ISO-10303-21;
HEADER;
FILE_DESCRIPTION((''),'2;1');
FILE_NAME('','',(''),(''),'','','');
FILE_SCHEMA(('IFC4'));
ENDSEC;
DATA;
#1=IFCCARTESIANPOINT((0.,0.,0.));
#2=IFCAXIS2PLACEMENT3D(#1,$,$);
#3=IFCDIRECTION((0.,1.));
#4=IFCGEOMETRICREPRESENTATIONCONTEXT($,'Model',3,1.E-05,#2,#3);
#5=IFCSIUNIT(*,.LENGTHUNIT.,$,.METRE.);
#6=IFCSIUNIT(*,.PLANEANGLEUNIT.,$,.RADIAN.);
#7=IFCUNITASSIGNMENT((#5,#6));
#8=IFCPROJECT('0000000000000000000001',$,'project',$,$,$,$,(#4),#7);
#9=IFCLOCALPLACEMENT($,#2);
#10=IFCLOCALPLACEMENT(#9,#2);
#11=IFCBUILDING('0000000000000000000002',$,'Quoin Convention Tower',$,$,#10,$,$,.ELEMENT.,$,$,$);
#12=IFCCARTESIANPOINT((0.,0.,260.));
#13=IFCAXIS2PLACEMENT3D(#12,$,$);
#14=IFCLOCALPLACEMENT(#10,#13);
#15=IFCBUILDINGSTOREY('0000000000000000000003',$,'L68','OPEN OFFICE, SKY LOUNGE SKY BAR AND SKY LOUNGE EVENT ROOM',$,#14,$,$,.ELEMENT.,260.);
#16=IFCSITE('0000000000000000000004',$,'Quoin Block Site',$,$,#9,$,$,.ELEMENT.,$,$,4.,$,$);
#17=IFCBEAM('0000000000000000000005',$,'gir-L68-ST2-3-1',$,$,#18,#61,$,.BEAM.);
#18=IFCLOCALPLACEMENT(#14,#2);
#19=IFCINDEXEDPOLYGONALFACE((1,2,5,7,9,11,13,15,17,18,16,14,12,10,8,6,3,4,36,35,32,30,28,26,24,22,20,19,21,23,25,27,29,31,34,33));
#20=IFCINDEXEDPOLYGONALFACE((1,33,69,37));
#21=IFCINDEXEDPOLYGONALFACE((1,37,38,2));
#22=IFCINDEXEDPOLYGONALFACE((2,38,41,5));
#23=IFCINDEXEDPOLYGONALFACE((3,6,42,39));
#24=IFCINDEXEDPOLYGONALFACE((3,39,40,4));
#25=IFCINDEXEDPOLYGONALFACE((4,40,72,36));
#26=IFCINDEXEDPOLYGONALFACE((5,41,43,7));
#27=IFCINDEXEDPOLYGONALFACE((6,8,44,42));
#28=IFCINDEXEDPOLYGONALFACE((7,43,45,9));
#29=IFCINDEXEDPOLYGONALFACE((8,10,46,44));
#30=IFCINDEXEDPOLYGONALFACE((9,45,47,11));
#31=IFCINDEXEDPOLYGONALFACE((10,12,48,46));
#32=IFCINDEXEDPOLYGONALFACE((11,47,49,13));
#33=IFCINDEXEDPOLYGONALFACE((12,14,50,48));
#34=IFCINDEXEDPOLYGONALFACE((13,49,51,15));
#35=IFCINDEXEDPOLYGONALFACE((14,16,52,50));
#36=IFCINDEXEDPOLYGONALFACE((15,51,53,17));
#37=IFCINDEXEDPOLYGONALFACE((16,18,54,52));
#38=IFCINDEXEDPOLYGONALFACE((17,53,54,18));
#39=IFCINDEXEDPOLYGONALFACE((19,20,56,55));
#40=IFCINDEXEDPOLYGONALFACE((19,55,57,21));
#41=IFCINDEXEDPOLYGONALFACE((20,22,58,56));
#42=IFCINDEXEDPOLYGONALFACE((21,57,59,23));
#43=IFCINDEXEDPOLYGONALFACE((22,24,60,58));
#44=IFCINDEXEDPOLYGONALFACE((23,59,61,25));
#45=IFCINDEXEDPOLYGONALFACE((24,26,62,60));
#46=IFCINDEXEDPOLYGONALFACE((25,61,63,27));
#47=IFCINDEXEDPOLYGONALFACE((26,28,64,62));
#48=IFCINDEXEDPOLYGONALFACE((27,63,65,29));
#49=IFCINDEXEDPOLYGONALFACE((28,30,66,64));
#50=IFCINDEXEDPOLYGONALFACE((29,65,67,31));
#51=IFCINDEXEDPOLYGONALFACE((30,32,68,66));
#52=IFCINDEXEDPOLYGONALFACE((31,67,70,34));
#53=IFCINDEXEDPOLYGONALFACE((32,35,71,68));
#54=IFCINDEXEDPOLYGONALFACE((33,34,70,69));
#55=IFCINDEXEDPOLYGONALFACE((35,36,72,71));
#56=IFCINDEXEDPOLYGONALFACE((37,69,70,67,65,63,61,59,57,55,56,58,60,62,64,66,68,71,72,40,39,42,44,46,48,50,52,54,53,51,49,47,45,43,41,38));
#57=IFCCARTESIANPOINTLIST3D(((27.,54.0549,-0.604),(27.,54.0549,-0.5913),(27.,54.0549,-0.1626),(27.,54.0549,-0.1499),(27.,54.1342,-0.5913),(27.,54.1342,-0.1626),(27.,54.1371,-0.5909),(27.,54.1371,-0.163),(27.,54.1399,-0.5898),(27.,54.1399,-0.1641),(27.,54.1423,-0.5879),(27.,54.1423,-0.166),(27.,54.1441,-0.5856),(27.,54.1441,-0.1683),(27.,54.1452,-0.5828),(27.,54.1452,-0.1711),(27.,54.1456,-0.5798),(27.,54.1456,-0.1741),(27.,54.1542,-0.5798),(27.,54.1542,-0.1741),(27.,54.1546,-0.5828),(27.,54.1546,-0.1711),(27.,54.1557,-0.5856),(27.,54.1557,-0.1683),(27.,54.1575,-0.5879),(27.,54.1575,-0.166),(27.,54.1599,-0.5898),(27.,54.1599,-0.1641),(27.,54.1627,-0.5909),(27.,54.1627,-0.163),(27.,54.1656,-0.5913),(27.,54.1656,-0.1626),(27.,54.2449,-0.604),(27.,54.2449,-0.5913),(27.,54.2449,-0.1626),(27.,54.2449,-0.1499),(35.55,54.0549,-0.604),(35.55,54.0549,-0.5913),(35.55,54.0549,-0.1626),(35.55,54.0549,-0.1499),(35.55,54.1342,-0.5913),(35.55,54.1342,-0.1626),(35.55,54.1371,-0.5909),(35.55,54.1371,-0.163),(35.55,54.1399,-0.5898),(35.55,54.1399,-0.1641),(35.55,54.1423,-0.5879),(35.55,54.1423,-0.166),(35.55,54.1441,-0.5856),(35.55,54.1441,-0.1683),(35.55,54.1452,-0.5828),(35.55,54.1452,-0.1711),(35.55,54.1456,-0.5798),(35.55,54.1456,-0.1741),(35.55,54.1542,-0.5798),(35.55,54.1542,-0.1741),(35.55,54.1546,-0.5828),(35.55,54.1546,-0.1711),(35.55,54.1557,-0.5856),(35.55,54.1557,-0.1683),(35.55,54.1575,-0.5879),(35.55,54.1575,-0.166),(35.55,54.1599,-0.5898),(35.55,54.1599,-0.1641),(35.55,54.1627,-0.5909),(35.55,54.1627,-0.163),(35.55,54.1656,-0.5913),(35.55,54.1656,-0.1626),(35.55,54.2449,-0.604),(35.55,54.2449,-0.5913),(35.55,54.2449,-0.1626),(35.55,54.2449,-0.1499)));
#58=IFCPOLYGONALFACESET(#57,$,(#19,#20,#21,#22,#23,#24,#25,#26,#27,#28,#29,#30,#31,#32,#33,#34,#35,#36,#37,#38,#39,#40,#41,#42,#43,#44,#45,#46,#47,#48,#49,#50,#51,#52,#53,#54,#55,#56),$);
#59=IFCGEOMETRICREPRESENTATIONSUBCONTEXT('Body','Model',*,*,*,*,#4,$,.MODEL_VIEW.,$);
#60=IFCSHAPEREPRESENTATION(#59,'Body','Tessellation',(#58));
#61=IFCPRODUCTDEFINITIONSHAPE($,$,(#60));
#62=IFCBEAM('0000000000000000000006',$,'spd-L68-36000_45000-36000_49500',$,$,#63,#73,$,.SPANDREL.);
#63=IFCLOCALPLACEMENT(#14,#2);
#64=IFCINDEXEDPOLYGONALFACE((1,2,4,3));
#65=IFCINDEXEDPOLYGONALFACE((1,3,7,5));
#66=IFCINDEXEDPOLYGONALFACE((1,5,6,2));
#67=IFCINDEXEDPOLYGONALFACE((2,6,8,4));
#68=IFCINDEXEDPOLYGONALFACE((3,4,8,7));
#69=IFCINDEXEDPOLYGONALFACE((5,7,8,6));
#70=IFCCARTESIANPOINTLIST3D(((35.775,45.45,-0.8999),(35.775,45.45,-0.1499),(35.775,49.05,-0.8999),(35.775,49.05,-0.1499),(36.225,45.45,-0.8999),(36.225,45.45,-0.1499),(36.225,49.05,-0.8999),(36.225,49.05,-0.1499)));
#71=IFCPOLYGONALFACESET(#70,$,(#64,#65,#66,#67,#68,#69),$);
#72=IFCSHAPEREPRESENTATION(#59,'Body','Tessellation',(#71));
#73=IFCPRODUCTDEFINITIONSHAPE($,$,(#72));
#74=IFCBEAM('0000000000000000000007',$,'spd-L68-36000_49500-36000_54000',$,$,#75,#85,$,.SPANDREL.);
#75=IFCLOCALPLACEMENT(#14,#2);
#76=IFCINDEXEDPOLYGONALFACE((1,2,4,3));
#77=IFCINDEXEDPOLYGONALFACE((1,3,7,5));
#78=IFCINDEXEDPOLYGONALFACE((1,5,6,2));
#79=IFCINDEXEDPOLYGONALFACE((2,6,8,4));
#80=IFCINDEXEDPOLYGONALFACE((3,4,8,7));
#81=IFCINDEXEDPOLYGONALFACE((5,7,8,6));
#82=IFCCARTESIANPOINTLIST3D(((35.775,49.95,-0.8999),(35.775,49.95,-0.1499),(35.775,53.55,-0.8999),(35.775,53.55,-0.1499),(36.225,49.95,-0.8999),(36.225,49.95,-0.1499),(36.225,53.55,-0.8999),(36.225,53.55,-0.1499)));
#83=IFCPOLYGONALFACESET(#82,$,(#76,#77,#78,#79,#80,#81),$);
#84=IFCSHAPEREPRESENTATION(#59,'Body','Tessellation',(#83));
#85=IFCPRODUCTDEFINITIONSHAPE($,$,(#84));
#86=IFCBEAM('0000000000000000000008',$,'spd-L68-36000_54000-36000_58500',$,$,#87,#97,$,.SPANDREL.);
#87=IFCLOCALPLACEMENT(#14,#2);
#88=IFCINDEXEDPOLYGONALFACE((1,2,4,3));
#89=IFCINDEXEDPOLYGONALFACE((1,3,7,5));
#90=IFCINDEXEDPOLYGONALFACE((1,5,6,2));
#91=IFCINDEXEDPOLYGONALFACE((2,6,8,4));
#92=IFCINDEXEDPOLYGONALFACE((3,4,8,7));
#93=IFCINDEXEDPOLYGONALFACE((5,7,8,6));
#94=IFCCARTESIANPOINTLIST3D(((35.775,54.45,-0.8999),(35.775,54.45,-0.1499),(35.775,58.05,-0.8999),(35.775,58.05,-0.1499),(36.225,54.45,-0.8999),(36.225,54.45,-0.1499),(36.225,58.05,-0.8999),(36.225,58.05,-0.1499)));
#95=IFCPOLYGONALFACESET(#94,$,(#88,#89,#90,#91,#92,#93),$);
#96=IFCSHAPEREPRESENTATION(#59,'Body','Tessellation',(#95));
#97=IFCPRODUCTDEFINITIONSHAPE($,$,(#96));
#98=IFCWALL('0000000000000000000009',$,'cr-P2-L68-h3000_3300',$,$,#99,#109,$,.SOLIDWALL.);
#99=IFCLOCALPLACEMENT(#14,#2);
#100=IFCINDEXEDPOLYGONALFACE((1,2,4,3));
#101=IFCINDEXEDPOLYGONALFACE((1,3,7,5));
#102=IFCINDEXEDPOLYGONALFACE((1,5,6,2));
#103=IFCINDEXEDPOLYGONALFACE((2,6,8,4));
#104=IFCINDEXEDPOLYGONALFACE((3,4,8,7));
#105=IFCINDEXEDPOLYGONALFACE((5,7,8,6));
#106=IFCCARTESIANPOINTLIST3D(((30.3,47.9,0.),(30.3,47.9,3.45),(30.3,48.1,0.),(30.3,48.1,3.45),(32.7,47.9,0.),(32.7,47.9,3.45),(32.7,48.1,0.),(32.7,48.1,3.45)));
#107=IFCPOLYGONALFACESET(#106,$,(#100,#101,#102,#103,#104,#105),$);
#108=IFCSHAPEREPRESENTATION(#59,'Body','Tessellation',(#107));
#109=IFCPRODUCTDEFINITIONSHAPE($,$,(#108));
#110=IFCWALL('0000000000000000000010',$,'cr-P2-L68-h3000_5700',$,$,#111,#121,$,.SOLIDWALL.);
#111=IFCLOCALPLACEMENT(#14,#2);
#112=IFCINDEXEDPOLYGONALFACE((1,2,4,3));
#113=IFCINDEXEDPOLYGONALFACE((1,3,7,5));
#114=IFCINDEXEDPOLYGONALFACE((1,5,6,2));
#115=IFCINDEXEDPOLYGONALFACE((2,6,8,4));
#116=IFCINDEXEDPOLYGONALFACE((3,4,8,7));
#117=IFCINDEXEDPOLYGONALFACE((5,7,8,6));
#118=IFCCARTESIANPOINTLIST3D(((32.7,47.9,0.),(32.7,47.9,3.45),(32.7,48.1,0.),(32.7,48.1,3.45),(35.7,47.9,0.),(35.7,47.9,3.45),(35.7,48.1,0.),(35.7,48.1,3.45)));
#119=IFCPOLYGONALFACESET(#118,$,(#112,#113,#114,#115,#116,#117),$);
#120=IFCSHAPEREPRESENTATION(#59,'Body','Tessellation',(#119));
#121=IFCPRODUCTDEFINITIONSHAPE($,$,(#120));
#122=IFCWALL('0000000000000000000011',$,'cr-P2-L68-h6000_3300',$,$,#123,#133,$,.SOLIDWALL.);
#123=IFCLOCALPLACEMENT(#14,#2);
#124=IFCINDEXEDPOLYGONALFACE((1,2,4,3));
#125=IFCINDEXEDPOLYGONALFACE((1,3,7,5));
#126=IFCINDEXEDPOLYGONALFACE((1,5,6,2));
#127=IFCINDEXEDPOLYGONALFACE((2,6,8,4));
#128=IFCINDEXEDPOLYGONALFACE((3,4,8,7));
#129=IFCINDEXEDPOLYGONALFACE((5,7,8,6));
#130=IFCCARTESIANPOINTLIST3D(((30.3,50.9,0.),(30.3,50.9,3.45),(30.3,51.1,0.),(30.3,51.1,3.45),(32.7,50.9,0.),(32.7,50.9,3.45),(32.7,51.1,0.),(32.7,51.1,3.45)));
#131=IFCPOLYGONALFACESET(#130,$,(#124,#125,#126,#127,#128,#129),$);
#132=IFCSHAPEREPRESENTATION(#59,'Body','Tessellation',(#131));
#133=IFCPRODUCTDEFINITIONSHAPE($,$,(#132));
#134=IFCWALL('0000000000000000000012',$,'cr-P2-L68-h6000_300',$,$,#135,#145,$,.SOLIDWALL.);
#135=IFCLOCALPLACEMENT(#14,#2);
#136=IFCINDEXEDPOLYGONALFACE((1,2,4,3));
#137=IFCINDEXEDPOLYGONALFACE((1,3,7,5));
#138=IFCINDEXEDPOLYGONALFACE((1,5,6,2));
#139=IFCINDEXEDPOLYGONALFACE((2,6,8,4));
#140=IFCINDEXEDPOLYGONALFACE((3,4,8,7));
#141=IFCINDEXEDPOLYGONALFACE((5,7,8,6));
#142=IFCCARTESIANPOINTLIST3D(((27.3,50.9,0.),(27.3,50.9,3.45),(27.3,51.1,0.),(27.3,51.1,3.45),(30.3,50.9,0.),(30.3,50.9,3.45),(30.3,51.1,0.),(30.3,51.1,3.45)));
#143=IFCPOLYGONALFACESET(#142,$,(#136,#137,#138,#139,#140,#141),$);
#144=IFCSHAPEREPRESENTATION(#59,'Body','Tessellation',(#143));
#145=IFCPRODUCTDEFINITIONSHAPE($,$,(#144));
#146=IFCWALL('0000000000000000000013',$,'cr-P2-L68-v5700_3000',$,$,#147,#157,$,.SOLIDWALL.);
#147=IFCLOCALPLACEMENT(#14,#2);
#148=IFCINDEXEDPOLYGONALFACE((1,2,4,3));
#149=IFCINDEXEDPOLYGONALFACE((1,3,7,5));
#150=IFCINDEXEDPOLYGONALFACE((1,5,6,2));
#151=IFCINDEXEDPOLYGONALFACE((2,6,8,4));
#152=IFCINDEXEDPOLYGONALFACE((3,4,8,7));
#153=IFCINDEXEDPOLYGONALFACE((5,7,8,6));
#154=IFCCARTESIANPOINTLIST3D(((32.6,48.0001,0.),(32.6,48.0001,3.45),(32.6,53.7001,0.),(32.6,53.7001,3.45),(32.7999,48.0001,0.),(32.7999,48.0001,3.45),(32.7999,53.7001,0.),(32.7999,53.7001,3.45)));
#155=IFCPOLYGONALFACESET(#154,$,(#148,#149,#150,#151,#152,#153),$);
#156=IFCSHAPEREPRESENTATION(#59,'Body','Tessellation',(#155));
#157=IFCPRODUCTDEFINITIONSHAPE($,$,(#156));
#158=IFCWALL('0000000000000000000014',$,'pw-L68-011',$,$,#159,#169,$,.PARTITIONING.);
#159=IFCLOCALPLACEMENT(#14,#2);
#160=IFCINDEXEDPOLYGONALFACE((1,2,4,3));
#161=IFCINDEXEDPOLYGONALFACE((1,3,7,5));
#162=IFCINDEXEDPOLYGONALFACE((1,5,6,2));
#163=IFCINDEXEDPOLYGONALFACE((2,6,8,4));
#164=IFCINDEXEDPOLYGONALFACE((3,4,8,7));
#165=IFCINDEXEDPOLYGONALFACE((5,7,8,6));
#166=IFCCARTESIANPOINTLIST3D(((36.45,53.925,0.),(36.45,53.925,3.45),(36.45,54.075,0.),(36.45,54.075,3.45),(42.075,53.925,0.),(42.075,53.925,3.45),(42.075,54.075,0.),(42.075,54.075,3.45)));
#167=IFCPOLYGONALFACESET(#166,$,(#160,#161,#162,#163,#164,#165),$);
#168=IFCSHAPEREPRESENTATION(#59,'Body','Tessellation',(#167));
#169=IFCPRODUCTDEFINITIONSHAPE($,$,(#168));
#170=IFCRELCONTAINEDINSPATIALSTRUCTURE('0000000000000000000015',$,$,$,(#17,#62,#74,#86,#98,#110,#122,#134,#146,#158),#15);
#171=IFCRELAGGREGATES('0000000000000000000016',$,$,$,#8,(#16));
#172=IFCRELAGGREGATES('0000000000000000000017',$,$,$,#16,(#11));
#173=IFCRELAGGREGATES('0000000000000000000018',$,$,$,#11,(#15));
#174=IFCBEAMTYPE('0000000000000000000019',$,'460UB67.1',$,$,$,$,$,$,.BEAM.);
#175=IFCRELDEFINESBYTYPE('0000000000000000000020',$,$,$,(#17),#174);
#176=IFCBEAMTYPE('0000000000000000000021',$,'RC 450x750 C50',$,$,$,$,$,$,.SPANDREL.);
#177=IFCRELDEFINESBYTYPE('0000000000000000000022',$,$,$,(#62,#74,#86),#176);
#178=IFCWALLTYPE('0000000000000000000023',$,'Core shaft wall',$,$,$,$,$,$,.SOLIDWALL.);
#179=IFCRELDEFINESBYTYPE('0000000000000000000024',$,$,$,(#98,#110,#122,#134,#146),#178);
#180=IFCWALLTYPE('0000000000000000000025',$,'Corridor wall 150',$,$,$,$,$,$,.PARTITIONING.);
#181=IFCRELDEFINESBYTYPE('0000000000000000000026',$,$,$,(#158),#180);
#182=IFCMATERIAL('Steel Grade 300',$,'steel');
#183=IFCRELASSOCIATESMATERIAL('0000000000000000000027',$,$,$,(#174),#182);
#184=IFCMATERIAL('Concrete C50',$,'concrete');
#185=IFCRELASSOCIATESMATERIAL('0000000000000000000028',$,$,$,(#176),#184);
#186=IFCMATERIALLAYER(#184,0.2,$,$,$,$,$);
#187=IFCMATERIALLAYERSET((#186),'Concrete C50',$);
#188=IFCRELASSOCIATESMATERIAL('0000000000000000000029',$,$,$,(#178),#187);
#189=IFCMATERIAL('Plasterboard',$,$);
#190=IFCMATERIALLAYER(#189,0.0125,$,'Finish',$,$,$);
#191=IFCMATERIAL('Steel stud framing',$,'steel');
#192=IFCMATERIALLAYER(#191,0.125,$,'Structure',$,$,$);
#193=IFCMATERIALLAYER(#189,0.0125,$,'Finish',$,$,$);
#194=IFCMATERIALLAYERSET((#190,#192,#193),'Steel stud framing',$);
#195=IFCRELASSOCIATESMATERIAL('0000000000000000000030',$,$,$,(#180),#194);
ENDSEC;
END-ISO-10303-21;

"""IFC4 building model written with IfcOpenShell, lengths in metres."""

from ifc_helpers import new_model, si_unit, direction, frame, frame_2d, origin, origin_2d, place, context, subcontext, project, spatial, rectangle, i_section, extrude, material, layer, layer_set, material_profile, profile_set, type_object, element, save


model = new_model("IFC4")

# Units and contexts
model_context = context("Model", 3, precision=1e-05, world=origin(), true_north=direction((0.0, 1.0)))
body_context = subcontext(model_context, "Body", "Model", "MODEL_VIEW")
ifc_project = project(units=[si_unit("LENGTHUNIT", "METRE"), si_unit("PLANEANGLEUNIT", "RADIAN")], contexts=[model_context])

# Site, building, storey
site_placement = place(None, origin())
site = spatial("IfcSite", under=ifc_project, at=site_placement, Name="Quoin Block Site", CompositionType="ELEMENT", RefElevation=4.0)
building_placement = place(site_placement, origin())
building = spatial("IfcBuilding", under=site, at=building_placement, Name="Quoin Convention Tower", CompositionType="ELEMENT")
storey_placement = place(building_placement, frame((0.0, 0.0, 260.0)))
storey = spatial("IfcBuildingStorey", under=building, at=storey_placement, Name="L68", Description="OPEN OFFICE, SKY LOUNGE SKY BAR AND SKY LOUNGE EVENT ROOM", CompositionType="ELEMENT", Elevation=260.0)

# Shared definitions
ifc_material_1 = material(Name="Concrete C50", Category="concrete")

# Beams
ifc_material_2 = material(Name="Steel Grade 300", Category="steel")
ifc_material_profile_1 = material_profile(ifc_material_2, i_section(OverallWidth=0.1899, OverallDepth=0.4541, WebThickness=0.0085, FlangeThickness=0.0127, FilletRadius=0.0115, at=origin_2d()), Name="460UB67.1")
ifc_profile_set_1 = profile_set([ifc_material_profile_1], Name="Steel Grade 300")
beam_type_1 = type_object("IfcBeamType", Name="460UB67.1", PredefinedType="BEAM", material=ifc_profile_set_1)
beam_1_placement = place(storey_placement, frame((27.0, 54.1499, -0.377), z_axis=(1.0, 0.0, 0.0), x_axis=(0.0, 1.0, 0.0)))
element("IfcBeam", 1, at=beam_1_placement, inside=storey, type_object=beam_type_1, Name="gir-L68-ST2-3-1", PredefinedType="BEAM", context=body_context, shape_type="SweptSolid", body=[
    extrude(i_section(OverallWidth=0.1899, OverallDepth=0.4541, WebThickness=0.0085, FlangeThickness=0.0127, FilletRadius=0.0115, at=origin_2d()), origin(), (0.0, 0.0, 1.0), 8.55),
])
ifc_material_profile_2 = material_profile(ifc_material_1, rectangle(XDim=0.45, YDim=0.75, at=origin_2d()), Name="RC 450x750")
ifc_profile_set_2 = profile_set([ifc_material_profile_2], Name="Concrete C50")
beam_type_2 = type_object("IfcBeamType", Name="RC 450x750 C50", PredefinedType="SPANDREL", material=ifc_profile_set_2)
for number, where, z_axis, x_axis, name in (
    (2, (36.0, 45.45, -0.5249), (0.0, 1.0, 0.0), (-1.0, 0.0, 0.0), "spd-L68-36000_45000-36000_49500"),
    (3, (36.0, 49.95, -0.5249), (0.0, 1.0, 0.0), (-1.0, 0.0, 0.0), "spd-L68-36000_49500-36000_54000"),
    (4, (36.0, 54.45, -0.5249), (0.0, 1.0, 0.0), (-1.0, 0.0, 0.0), "spd-L68-36000_54000-36000_58500"),
):
    element("IfcBeam", number, at=place(storey_placement, frame(where, z_axis=z_axis, x_axis=x_axis)), inside=storey, type_object=beam_type_2, Name=name, PredefinedType="SPANDREL", context=body_context, shape_type="SweptSolid", body=[
        extrude(rectangle(XDim=0.45, YDim=0.75, at=origin_2d()), origin(), (0.0, 0.0, 1.0), 3.6001),
    ])

# Walls
ifc_layer_1 = layer(ifc_material_1, 0.2)
ifc_layer_set_1 = layer_set([ifc_layer_1], Name="Concrete C50")
wall_type_1 = type_object("IfcWallType", Name="Core shaft wall", PredefinedType="SOLIDWALL", material=ifc_layer_set_1)
wall_1_placement = place(storey_placement, frame((30.3, 48.0, 0.0), z_axis=(0.0, 0.0, 1.0), x_axis=(1.0, 0.0, 0.0)))
element("IfcWall", 5, at=wall_1_placement, inside=storey, type_object=wall_type_1, Name="cr-P2-L68-h3000_3300", PredefinedType="SOLIDWALL", context=body_context, shape_type="SweptSolid", body=[
    extrude(rectangle(XDim=2.3999, YDim=0.2, at=frame_2d((1.2, 0.0))), origin(), (0.0, 0.0, 1.0), 3.45),
])
wall_2_placement = place(storey_placement, frame((32.7, 48.0, 0.0), z_axis=(0.0, 0.0, 1.0), x_axis=(1.0, 0.0, 0.0)))
element("IfcWall", 6, at=wall_2_placement, inside=storey, type_object=wall_type_1, Name="cr-P2-L68-h3000_5700", PredefinedType="SOLIDWALL", context=body_context, shape_type="SweptSolid", body=[
    extrude(rectangle(XDim=3.0, YDim=0.2, at=frame_2d((1.5, 0.0))), origin(), (0.0, 0.0, 1.0), 3.45),
])
wall_3_placement = place(storey_placement, frame((30.3, 51.0, 0.0), z_axis=(0.0, 0.0, 1.0), x_axis=(1.0, 0.0, 0.0)))
element("IfcWall", 7, at=wall_3_placement, inside=storey, type_object=wall_type_1, Name="cr-P2-L68-h6000_3300", PredefinedType="SOLIDWALL", context=body_context, shape_type="SweptSolid", body=[
    extrude(rectangle(XDim=2.3999, YDim=0.2, at=frame_2d((1.2, 0.0))), origin(), (0.0, 0.0, 1.0), 3.45),
])
wall_4_placement = place(storey_placement, frame((27.3, 51.0, 0.0), z_axis=(0.0, 0.0, 1.0), x_axis=(1.0, 0.0, 0.0)))
element("IfcWall", 8, at=wall_4_placement, inside=storey, type_object=wall_type_1, Name="cr-P2-L68-h6000_300", PredefinedType="SOLIDWALL", context=body_context, shape_type="SweptSolid", body=[
    extrude(rectangle(XDim=3.0, YDim=0.2, at=frame_2d((1.5, 0.0))), origin(), (0.0, 0.0, 1.0), 3.45),
])
wall_5_placement = place(storey_placement, frame((32.7, 48.0, 0.0), z_axis=(0.0, 0.0, 1.0), x_axis=(0.0, 1.0, 0.0)))
element("IfcWall", 9, at=wall_5_placement, inside=storey, type_object=wall_type_1, Name="cr-P2-L68-v5700_3000", PredefinedType="SOLIDWALL", context=body_context, shape_type="SweptSolid", body=[
    extrude(rectangle(XDim=5.7, YDim=0.2, at=frame_2d((2.8501, 0.0))), origin(), (0.0, 0.0, 1.0), 3.45),
])
ifc_material_3 = material(Name="Plasterboard")
ifc_layer_2 = layer(ifc_material_3, 0.0125, Name="Finish")
ifc_material_4 = material(Name="Steel stud framing", Category="steel")
ifc_layer_3 = layer(ifc_material_4, 0.125, Name="Structure")
ifc_layer_4 = layer(ifc_material_3, 0.0125, Name="Finish")
ifc_layer_set_2 = layer_set([ifc_layer_2, ifc_layer_3, ifc_layer_4], Name="Steel stud framing")
wall_type_2 = type_object("IfcWallType", Name="Corridor wall 150", PredefinedType="PARTITIONING", material=ifc_layer_set_2)
wall_6_placement = place(storey_placement, frame((36.45, 54.0, 0.0), z_axis=(0.0, 0.0, 1.0), x_axis=(1.0, 0.0, 0.0)))
element("IfcWall", 10, at=wall_6_placement, inside=storey, type_object=wall_type_2, Name="pw-L68-011", PredefinedType="PARTITIONING", context=body_context, shape_type="SweptSolid", body=[
    extrude(rectangle(XDim=5.625, YDim=0.1499, at=frame_2d((2.8125, 0.0))), origin(), (0.0, 0.0, 1.0), 3.45),
])

save(model, "model.ifc")
